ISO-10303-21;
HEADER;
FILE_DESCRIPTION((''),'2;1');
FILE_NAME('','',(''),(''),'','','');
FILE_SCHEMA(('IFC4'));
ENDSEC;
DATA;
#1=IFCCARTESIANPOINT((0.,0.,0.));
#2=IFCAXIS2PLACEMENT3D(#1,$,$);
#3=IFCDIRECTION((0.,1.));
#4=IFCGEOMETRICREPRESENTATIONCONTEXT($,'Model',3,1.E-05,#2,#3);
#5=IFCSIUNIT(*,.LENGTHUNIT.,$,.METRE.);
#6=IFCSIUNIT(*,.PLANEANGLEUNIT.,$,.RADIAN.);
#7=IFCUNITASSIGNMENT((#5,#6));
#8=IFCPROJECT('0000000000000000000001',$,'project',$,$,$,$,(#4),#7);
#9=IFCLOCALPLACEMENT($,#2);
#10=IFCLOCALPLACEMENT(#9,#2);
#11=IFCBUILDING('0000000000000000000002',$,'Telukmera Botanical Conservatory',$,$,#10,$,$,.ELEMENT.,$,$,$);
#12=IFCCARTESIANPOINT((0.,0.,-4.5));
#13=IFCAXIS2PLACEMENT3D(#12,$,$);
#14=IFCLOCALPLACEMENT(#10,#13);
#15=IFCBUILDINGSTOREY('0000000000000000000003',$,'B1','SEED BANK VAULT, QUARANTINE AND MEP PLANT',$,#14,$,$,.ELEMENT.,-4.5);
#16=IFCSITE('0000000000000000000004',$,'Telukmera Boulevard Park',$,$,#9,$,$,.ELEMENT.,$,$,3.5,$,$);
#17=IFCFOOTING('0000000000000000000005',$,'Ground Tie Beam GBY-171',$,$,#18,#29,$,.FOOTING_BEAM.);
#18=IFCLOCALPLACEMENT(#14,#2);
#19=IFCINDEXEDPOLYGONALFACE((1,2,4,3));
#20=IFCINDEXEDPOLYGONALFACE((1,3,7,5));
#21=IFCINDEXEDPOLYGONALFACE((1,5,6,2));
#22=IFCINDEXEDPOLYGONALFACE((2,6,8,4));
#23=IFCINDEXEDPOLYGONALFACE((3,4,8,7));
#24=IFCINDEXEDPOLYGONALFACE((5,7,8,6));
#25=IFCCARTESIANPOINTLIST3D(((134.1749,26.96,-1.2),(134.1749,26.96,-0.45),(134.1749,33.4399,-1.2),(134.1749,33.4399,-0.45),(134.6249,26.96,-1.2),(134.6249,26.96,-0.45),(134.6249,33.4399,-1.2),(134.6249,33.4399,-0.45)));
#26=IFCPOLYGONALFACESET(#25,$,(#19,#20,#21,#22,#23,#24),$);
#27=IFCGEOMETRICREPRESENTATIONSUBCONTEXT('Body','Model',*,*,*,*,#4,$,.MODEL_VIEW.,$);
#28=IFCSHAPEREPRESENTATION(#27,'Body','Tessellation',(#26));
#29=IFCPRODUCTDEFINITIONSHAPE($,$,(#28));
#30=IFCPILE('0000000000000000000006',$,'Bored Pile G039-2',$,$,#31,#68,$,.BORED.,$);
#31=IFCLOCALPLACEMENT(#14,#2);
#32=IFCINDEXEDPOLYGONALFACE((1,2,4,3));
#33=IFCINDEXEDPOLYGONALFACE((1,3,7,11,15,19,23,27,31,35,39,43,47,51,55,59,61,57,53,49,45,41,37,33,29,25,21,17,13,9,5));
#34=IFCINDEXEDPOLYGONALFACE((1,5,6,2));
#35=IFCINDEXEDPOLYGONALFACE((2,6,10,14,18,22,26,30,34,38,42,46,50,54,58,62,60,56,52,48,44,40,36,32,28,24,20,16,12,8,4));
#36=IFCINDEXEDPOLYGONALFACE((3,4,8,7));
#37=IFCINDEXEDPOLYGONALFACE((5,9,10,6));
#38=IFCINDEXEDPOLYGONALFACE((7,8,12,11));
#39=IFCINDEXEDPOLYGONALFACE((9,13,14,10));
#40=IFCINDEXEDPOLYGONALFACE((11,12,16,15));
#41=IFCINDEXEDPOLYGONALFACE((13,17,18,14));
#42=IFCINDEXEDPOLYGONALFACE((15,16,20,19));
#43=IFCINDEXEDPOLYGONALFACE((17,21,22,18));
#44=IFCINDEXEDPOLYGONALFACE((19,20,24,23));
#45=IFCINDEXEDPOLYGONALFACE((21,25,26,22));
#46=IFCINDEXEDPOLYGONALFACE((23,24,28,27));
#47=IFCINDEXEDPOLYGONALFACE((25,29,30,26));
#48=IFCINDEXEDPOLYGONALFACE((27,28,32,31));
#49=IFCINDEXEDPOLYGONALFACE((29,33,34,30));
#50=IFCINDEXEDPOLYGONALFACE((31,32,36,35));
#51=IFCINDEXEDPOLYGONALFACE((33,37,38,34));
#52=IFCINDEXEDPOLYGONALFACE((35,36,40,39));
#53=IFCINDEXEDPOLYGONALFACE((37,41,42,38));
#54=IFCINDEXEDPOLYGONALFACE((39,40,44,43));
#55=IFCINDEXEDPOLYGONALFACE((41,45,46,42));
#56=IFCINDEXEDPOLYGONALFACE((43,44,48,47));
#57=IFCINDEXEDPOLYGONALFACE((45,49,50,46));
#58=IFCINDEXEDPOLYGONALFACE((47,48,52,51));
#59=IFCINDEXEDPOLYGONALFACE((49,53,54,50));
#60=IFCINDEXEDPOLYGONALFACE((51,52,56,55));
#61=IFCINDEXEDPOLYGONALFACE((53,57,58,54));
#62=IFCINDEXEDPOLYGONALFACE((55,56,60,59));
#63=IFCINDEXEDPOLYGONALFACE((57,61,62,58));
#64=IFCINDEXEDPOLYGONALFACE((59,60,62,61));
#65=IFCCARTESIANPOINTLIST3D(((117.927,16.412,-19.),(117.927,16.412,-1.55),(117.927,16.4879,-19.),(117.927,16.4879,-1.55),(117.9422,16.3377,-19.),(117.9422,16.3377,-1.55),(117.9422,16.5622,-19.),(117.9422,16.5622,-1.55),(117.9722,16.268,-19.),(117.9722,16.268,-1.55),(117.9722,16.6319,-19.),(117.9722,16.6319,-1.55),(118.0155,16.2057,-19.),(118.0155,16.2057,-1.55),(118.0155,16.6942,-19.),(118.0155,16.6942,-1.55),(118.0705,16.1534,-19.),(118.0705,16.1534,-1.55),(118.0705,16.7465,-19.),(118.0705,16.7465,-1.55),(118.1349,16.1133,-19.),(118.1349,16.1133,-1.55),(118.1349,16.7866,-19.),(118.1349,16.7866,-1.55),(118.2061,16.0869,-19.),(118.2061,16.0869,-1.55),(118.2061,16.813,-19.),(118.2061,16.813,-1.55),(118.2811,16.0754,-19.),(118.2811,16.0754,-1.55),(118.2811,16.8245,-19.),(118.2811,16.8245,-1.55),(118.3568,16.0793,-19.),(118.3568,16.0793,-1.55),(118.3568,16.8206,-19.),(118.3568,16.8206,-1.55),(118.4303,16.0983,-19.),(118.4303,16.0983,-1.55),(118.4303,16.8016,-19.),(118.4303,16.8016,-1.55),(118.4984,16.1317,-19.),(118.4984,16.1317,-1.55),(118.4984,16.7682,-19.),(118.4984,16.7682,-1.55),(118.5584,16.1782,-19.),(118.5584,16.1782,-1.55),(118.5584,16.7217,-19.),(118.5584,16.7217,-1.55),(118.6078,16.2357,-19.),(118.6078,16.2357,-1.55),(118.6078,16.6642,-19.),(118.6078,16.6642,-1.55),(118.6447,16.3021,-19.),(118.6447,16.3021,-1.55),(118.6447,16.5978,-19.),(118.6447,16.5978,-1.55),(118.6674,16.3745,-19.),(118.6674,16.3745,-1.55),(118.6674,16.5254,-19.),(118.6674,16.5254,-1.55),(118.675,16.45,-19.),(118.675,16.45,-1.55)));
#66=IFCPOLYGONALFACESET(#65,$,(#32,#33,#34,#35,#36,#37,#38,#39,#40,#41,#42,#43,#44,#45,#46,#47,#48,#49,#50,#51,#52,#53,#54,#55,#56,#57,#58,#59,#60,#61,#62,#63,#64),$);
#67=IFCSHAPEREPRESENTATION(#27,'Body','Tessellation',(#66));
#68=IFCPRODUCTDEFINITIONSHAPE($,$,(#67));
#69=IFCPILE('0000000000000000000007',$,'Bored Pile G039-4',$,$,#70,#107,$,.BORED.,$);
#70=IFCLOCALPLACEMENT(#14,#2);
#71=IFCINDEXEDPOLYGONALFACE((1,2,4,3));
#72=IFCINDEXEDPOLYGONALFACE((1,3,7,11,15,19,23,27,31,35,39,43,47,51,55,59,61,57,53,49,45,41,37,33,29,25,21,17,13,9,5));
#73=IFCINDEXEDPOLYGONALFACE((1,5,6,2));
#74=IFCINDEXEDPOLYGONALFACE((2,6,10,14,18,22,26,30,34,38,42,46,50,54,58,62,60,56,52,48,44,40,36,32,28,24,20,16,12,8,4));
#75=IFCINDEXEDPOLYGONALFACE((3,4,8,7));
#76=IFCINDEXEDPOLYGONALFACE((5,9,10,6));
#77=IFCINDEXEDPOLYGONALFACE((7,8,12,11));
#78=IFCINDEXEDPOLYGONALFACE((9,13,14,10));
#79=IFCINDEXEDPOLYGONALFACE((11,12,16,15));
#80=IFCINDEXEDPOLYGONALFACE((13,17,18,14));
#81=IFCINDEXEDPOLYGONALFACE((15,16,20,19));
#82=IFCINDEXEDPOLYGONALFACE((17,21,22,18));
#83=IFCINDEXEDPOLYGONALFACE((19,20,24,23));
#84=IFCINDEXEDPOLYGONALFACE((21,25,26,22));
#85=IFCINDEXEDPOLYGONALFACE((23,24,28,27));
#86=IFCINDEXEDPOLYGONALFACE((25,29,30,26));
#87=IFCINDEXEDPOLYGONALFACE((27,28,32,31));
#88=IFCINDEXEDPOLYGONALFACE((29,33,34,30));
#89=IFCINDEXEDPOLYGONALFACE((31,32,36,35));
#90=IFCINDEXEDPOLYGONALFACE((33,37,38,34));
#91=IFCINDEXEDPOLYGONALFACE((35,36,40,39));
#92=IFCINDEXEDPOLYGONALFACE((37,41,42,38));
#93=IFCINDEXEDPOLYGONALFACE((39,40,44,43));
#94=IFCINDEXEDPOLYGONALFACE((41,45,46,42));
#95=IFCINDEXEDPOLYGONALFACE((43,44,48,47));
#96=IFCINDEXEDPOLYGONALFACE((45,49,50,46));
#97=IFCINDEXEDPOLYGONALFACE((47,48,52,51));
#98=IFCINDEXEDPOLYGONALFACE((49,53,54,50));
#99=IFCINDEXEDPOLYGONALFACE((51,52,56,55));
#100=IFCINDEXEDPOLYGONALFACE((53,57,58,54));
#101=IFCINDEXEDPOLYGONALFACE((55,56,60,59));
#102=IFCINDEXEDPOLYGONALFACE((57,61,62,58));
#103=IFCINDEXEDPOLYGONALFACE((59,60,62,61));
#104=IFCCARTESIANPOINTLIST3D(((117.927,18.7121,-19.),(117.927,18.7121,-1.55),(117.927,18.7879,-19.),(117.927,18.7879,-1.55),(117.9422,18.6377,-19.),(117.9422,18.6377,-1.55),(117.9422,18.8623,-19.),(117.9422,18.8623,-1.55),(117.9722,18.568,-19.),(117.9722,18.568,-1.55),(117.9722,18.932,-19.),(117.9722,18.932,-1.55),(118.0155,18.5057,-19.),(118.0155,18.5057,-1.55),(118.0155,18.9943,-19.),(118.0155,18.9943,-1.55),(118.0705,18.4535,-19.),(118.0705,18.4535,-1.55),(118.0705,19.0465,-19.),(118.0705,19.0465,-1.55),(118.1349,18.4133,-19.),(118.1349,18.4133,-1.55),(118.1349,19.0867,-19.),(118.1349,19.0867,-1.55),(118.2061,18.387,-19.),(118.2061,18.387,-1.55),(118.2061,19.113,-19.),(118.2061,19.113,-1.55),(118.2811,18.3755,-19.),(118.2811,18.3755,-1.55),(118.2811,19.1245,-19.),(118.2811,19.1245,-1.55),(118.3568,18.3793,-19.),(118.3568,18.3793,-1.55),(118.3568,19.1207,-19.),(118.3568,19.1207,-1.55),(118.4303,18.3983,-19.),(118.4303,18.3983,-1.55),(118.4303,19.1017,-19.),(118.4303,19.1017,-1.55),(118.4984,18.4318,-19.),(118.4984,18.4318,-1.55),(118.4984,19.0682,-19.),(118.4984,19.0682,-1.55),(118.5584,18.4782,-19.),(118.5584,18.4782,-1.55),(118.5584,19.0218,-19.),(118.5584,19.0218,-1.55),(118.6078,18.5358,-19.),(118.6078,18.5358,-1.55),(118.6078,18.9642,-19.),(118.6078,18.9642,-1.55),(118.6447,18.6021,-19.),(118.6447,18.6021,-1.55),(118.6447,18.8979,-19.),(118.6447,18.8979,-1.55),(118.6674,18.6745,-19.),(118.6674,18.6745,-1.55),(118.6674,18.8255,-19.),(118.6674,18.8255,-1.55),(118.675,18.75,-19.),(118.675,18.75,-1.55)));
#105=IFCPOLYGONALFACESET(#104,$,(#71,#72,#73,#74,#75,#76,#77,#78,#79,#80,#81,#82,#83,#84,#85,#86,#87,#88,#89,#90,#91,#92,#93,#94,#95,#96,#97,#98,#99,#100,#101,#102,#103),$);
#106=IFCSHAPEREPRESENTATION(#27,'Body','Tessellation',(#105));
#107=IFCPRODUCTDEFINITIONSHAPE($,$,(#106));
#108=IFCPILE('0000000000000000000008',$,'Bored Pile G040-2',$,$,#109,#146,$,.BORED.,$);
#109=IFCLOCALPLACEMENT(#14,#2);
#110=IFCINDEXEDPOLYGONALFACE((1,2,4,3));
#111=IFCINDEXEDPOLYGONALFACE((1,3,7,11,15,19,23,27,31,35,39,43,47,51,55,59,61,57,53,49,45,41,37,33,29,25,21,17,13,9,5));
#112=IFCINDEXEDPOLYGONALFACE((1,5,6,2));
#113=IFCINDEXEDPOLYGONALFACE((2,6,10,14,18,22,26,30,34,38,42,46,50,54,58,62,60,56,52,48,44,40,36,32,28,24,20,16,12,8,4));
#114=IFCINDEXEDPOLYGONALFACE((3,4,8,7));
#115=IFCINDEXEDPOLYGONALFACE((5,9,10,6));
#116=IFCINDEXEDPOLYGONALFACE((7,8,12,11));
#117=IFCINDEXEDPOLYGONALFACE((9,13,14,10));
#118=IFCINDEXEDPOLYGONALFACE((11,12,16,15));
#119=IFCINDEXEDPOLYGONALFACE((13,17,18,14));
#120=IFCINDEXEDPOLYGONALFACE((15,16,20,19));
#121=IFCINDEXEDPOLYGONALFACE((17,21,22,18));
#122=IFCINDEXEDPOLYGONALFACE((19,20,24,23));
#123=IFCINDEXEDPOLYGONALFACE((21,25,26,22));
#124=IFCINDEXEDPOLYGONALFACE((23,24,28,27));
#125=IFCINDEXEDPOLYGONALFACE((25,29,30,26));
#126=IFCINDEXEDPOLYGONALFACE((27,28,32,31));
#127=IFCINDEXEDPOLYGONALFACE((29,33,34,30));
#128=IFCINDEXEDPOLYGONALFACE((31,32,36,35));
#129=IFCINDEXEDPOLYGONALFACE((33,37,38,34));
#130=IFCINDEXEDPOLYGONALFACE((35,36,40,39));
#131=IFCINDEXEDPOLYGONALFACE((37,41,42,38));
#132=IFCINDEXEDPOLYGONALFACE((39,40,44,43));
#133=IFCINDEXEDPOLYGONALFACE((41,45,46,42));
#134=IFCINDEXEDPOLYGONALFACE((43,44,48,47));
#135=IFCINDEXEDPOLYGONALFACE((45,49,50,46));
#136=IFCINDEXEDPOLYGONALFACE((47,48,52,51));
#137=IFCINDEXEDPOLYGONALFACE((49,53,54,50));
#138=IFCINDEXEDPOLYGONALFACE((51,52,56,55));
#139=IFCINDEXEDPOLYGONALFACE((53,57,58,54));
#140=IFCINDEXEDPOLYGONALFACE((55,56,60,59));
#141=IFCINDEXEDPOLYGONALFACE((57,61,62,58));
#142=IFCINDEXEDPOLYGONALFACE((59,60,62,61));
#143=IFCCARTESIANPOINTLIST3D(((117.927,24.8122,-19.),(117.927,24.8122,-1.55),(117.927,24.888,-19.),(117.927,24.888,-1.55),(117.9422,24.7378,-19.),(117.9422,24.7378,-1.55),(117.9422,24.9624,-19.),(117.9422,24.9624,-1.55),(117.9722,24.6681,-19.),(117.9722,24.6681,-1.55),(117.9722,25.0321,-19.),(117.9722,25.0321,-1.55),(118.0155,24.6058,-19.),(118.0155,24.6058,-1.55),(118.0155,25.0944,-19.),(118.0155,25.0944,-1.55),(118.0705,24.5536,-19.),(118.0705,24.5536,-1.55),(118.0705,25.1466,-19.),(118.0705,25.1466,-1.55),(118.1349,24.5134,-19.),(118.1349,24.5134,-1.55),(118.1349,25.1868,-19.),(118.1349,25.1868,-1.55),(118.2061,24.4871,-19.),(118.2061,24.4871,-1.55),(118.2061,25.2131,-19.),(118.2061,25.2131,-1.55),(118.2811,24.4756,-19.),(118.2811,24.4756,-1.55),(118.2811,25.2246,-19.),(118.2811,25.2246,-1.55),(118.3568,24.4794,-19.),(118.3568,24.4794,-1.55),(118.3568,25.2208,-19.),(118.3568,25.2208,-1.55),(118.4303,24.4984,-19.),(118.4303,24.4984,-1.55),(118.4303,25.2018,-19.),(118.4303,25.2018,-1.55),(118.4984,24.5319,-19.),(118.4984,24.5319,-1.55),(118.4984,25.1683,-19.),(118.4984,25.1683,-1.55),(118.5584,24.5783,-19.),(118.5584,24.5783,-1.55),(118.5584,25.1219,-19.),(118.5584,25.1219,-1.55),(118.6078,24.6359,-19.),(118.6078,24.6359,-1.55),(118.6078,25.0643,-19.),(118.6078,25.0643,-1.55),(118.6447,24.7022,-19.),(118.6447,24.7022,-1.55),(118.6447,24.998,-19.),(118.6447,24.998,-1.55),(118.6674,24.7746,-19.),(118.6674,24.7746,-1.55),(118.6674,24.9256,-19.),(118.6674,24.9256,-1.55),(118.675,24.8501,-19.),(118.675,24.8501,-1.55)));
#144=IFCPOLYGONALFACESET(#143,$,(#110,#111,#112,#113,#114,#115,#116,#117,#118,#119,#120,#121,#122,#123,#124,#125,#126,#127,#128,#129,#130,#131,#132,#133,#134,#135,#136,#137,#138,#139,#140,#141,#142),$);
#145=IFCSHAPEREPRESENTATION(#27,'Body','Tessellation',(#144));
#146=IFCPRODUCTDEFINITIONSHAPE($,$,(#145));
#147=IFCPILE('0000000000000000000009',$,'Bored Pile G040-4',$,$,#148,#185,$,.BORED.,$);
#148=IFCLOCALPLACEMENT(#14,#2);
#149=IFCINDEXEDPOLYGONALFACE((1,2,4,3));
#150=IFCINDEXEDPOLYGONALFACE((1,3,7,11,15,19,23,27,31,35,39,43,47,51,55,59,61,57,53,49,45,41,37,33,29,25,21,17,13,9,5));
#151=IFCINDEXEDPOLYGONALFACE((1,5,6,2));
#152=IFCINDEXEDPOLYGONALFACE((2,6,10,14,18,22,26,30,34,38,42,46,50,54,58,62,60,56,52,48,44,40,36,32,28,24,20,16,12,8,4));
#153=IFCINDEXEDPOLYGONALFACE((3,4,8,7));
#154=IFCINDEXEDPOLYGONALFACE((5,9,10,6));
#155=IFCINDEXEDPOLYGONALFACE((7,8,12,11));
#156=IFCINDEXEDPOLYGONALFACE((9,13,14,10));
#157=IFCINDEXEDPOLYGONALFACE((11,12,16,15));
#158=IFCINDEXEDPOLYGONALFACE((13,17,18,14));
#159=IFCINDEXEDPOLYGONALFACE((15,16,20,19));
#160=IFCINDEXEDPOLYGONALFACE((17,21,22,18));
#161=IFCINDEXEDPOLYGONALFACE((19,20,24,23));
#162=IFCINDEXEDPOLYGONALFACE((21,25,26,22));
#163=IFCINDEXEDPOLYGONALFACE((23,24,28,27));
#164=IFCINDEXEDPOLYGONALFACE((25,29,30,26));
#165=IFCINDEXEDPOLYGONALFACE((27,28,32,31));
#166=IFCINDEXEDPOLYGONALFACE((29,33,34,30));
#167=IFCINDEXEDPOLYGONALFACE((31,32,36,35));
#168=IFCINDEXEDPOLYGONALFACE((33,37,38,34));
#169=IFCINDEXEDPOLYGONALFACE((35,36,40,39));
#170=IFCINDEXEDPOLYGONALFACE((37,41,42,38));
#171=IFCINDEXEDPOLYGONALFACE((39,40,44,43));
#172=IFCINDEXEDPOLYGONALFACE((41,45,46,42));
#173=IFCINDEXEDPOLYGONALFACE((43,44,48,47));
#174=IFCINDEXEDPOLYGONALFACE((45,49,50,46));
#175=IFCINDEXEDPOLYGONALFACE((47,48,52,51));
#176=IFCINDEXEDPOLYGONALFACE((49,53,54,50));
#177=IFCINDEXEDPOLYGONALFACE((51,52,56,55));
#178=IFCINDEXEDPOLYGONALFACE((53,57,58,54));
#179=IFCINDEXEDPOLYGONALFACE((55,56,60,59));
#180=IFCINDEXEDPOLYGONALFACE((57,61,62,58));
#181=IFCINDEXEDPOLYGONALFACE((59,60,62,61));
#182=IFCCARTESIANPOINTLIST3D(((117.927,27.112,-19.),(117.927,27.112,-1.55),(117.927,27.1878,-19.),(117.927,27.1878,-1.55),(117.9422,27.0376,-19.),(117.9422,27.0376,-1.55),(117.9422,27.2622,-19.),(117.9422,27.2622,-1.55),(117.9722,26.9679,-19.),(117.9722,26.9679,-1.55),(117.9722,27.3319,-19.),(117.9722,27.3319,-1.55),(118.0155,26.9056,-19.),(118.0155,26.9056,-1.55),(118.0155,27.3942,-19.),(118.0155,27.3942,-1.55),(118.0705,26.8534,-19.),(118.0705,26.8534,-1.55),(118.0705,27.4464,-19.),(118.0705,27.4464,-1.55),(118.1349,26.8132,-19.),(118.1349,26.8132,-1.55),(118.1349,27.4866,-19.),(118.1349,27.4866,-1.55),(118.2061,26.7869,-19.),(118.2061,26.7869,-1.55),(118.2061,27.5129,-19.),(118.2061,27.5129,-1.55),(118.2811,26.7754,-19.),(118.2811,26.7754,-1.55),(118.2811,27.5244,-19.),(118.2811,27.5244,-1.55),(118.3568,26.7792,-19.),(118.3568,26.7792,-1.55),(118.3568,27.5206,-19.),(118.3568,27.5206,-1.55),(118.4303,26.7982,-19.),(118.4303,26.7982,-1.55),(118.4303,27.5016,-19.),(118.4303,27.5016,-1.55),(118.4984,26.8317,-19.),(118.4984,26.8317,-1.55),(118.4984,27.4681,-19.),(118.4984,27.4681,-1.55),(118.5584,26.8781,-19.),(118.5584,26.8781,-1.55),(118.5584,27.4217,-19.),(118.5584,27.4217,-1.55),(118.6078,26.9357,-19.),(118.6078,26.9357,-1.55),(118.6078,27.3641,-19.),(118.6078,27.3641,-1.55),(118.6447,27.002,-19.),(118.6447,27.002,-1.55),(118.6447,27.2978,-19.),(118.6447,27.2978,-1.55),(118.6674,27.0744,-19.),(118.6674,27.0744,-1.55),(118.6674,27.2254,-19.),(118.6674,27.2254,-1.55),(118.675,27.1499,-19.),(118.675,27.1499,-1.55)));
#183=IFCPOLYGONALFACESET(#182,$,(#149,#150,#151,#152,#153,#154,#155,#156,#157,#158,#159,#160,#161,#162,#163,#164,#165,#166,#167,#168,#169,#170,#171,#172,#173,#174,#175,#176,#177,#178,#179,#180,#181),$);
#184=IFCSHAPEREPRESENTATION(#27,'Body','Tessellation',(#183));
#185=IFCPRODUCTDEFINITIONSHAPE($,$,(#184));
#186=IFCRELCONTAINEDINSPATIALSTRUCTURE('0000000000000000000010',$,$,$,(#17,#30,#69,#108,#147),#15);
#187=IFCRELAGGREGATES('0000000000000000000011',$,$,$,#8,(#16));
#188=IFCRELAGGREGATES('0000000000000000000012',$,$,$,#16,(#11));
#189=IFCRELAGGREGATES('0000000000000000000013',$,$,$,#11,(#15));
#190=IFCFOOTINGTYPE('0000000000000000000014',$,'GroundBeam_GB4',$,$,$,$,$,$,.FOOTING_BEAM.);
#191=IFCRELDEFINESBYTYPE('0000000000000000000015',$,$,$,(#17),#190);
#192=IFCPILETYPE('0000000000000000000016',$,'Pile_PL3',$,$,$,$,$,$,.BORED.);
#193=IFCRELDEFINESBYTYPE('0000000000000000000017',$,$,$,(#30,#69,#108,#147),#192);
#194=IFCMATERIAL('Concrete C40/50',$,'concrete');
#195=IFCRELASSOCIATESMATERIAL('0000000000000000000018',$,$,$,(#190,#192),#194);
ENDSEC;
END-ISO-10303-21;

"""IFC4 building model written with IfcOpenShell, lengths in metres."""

from ifc_helpers import new_model, si_unit, direction, frame, origin, origin_2d, place, context, subcontext, project, spatial, rectangle, circle, extrude, material, material_profile, profile_set, type_object, element, save


model = new_model("IFC4")

# Units and contexts
model_context = context("Model", 3, precision=1e-05, world=origin(), true_north=direction((0.0, 1.0)))
body_context = subcontext(model_context, "Body", "Model", "MODEL_VIEW")
ifc_project = project(units=[si_unit("LENGTHUNIT", "METRE"), si_unit("PLANEANGLEUNIT", "RADIAN")], contexts=[model_context])

# Site, building, storey
site_placement = place(None, origin())
site = spatial("IfcSite", under=ifc_project, at=site_placement, Name="Telukmera Boulevard Park", CompositionType="ELEMENT", RefElevation=3.5)
building_placement = place(site_placement, origin())
building = spatial("IfcBuilding", under=site, at=building_placement, Name="Telukmera Botanical Conservatory", CompositionType="ELEMENT")
storey_placement = place(building_placement, frame((0.0, 0.0, -4.5)))
storey = spatial("IfcBuildingStorey", under=building, at=storey_placement, Name="B1", Description="SEED BANK VAULT, QUARANTINE AND MEP PLANT", CompositionType="ELEMENT", Elevation=-4.5)

# Footing
ifc_material_1 = material(Name="Concrete C40/50", Category="concrete")
ifc_material_profile_1 = material_profile(ifc_material_1, rectangle(XDim=0.45, YDim=0.75, at=origin_2d()), Name="RC 450x750")
ifc_profile_set_1 = profile_set([ifc_material_profile_1], Name="Concrete C40/50")
footing_type_1 = type_object("IfcFootingType", Name="GroundBeam_GB4", PredefinedType="FOOTING_BEAM", material=ifc_profile_set_1)
footing_1_placement = place(storey_placement, frame((134.3999, 26.96, -0.825), z_axis=(0.0, 1.0, 0.0), x_axis=(-1.0, 0.0, 0.0)))
element("IfcFooting", 1, at=footing_1_placement, inside=storey, type_object=footing_type_1, Name="Ground Tie Beam GBY-171", PredefinedType="FOOTING_BEAM", context=body_context, shape_type="SweptSolid", body=[
    extrude(rectangle(XDim=0.45, YDim=0.75, at=origin_2d()), origin(), (0.0, 0.0, 1.0), 6.48),
])

# Piles
ifc_material_profile_2 = material_profile(ifc_material_1, circle(Radius=0.375, at=origin_2d()), Name="PILE D750")
ifc_profile_set_2 = profile_set([ifc_material_profile_2], Name="Concrete C40/50")
pile_type = type_object("IfcPileType", Name="Pile_PL3", PredefinedType="BORED", material=ifc_profile_set_2)
for number, where, z_axis, x_axis, name in (
    (2, (118.3, 16.45, -1.55), (0.0, 0.0, -1.0), (1.0, 0.0, 0.0), "Bored Pile G039-2"),
    (3, (118.3, 18.75, -1.55), (0.0, 0.0, -1.0), (1.0, 0.0, 0.0), "Bored Pile G039-4"),
    (4, (118.3, 24.8501, -1.55), (0.0, 0.0, -1.0), (1.0, 0.0, 0.0), "Bored Pile G040-2"),
    (5, (118.3, 27.1499, -1.55), (0.0, 0.0, -1.0), (1.0, 0.0, 0.0), "Bored Pile G040-4"),
):
    element("IfcPile", number, at=place(storey_placement, frame(where, z_axis=z_axis, x_axis=x_axis)), inside=storey, type_object=pile_type, Name=name, PredefinedType="BORED", context=body_context, shape_type="SweptSolid", body=[
        extrude(circle(Radius=0.375, at=origin_2d()), origin(), (0.0, 0.0, 1.0), 17.45),
    ])

save(model, "model.ifc")
